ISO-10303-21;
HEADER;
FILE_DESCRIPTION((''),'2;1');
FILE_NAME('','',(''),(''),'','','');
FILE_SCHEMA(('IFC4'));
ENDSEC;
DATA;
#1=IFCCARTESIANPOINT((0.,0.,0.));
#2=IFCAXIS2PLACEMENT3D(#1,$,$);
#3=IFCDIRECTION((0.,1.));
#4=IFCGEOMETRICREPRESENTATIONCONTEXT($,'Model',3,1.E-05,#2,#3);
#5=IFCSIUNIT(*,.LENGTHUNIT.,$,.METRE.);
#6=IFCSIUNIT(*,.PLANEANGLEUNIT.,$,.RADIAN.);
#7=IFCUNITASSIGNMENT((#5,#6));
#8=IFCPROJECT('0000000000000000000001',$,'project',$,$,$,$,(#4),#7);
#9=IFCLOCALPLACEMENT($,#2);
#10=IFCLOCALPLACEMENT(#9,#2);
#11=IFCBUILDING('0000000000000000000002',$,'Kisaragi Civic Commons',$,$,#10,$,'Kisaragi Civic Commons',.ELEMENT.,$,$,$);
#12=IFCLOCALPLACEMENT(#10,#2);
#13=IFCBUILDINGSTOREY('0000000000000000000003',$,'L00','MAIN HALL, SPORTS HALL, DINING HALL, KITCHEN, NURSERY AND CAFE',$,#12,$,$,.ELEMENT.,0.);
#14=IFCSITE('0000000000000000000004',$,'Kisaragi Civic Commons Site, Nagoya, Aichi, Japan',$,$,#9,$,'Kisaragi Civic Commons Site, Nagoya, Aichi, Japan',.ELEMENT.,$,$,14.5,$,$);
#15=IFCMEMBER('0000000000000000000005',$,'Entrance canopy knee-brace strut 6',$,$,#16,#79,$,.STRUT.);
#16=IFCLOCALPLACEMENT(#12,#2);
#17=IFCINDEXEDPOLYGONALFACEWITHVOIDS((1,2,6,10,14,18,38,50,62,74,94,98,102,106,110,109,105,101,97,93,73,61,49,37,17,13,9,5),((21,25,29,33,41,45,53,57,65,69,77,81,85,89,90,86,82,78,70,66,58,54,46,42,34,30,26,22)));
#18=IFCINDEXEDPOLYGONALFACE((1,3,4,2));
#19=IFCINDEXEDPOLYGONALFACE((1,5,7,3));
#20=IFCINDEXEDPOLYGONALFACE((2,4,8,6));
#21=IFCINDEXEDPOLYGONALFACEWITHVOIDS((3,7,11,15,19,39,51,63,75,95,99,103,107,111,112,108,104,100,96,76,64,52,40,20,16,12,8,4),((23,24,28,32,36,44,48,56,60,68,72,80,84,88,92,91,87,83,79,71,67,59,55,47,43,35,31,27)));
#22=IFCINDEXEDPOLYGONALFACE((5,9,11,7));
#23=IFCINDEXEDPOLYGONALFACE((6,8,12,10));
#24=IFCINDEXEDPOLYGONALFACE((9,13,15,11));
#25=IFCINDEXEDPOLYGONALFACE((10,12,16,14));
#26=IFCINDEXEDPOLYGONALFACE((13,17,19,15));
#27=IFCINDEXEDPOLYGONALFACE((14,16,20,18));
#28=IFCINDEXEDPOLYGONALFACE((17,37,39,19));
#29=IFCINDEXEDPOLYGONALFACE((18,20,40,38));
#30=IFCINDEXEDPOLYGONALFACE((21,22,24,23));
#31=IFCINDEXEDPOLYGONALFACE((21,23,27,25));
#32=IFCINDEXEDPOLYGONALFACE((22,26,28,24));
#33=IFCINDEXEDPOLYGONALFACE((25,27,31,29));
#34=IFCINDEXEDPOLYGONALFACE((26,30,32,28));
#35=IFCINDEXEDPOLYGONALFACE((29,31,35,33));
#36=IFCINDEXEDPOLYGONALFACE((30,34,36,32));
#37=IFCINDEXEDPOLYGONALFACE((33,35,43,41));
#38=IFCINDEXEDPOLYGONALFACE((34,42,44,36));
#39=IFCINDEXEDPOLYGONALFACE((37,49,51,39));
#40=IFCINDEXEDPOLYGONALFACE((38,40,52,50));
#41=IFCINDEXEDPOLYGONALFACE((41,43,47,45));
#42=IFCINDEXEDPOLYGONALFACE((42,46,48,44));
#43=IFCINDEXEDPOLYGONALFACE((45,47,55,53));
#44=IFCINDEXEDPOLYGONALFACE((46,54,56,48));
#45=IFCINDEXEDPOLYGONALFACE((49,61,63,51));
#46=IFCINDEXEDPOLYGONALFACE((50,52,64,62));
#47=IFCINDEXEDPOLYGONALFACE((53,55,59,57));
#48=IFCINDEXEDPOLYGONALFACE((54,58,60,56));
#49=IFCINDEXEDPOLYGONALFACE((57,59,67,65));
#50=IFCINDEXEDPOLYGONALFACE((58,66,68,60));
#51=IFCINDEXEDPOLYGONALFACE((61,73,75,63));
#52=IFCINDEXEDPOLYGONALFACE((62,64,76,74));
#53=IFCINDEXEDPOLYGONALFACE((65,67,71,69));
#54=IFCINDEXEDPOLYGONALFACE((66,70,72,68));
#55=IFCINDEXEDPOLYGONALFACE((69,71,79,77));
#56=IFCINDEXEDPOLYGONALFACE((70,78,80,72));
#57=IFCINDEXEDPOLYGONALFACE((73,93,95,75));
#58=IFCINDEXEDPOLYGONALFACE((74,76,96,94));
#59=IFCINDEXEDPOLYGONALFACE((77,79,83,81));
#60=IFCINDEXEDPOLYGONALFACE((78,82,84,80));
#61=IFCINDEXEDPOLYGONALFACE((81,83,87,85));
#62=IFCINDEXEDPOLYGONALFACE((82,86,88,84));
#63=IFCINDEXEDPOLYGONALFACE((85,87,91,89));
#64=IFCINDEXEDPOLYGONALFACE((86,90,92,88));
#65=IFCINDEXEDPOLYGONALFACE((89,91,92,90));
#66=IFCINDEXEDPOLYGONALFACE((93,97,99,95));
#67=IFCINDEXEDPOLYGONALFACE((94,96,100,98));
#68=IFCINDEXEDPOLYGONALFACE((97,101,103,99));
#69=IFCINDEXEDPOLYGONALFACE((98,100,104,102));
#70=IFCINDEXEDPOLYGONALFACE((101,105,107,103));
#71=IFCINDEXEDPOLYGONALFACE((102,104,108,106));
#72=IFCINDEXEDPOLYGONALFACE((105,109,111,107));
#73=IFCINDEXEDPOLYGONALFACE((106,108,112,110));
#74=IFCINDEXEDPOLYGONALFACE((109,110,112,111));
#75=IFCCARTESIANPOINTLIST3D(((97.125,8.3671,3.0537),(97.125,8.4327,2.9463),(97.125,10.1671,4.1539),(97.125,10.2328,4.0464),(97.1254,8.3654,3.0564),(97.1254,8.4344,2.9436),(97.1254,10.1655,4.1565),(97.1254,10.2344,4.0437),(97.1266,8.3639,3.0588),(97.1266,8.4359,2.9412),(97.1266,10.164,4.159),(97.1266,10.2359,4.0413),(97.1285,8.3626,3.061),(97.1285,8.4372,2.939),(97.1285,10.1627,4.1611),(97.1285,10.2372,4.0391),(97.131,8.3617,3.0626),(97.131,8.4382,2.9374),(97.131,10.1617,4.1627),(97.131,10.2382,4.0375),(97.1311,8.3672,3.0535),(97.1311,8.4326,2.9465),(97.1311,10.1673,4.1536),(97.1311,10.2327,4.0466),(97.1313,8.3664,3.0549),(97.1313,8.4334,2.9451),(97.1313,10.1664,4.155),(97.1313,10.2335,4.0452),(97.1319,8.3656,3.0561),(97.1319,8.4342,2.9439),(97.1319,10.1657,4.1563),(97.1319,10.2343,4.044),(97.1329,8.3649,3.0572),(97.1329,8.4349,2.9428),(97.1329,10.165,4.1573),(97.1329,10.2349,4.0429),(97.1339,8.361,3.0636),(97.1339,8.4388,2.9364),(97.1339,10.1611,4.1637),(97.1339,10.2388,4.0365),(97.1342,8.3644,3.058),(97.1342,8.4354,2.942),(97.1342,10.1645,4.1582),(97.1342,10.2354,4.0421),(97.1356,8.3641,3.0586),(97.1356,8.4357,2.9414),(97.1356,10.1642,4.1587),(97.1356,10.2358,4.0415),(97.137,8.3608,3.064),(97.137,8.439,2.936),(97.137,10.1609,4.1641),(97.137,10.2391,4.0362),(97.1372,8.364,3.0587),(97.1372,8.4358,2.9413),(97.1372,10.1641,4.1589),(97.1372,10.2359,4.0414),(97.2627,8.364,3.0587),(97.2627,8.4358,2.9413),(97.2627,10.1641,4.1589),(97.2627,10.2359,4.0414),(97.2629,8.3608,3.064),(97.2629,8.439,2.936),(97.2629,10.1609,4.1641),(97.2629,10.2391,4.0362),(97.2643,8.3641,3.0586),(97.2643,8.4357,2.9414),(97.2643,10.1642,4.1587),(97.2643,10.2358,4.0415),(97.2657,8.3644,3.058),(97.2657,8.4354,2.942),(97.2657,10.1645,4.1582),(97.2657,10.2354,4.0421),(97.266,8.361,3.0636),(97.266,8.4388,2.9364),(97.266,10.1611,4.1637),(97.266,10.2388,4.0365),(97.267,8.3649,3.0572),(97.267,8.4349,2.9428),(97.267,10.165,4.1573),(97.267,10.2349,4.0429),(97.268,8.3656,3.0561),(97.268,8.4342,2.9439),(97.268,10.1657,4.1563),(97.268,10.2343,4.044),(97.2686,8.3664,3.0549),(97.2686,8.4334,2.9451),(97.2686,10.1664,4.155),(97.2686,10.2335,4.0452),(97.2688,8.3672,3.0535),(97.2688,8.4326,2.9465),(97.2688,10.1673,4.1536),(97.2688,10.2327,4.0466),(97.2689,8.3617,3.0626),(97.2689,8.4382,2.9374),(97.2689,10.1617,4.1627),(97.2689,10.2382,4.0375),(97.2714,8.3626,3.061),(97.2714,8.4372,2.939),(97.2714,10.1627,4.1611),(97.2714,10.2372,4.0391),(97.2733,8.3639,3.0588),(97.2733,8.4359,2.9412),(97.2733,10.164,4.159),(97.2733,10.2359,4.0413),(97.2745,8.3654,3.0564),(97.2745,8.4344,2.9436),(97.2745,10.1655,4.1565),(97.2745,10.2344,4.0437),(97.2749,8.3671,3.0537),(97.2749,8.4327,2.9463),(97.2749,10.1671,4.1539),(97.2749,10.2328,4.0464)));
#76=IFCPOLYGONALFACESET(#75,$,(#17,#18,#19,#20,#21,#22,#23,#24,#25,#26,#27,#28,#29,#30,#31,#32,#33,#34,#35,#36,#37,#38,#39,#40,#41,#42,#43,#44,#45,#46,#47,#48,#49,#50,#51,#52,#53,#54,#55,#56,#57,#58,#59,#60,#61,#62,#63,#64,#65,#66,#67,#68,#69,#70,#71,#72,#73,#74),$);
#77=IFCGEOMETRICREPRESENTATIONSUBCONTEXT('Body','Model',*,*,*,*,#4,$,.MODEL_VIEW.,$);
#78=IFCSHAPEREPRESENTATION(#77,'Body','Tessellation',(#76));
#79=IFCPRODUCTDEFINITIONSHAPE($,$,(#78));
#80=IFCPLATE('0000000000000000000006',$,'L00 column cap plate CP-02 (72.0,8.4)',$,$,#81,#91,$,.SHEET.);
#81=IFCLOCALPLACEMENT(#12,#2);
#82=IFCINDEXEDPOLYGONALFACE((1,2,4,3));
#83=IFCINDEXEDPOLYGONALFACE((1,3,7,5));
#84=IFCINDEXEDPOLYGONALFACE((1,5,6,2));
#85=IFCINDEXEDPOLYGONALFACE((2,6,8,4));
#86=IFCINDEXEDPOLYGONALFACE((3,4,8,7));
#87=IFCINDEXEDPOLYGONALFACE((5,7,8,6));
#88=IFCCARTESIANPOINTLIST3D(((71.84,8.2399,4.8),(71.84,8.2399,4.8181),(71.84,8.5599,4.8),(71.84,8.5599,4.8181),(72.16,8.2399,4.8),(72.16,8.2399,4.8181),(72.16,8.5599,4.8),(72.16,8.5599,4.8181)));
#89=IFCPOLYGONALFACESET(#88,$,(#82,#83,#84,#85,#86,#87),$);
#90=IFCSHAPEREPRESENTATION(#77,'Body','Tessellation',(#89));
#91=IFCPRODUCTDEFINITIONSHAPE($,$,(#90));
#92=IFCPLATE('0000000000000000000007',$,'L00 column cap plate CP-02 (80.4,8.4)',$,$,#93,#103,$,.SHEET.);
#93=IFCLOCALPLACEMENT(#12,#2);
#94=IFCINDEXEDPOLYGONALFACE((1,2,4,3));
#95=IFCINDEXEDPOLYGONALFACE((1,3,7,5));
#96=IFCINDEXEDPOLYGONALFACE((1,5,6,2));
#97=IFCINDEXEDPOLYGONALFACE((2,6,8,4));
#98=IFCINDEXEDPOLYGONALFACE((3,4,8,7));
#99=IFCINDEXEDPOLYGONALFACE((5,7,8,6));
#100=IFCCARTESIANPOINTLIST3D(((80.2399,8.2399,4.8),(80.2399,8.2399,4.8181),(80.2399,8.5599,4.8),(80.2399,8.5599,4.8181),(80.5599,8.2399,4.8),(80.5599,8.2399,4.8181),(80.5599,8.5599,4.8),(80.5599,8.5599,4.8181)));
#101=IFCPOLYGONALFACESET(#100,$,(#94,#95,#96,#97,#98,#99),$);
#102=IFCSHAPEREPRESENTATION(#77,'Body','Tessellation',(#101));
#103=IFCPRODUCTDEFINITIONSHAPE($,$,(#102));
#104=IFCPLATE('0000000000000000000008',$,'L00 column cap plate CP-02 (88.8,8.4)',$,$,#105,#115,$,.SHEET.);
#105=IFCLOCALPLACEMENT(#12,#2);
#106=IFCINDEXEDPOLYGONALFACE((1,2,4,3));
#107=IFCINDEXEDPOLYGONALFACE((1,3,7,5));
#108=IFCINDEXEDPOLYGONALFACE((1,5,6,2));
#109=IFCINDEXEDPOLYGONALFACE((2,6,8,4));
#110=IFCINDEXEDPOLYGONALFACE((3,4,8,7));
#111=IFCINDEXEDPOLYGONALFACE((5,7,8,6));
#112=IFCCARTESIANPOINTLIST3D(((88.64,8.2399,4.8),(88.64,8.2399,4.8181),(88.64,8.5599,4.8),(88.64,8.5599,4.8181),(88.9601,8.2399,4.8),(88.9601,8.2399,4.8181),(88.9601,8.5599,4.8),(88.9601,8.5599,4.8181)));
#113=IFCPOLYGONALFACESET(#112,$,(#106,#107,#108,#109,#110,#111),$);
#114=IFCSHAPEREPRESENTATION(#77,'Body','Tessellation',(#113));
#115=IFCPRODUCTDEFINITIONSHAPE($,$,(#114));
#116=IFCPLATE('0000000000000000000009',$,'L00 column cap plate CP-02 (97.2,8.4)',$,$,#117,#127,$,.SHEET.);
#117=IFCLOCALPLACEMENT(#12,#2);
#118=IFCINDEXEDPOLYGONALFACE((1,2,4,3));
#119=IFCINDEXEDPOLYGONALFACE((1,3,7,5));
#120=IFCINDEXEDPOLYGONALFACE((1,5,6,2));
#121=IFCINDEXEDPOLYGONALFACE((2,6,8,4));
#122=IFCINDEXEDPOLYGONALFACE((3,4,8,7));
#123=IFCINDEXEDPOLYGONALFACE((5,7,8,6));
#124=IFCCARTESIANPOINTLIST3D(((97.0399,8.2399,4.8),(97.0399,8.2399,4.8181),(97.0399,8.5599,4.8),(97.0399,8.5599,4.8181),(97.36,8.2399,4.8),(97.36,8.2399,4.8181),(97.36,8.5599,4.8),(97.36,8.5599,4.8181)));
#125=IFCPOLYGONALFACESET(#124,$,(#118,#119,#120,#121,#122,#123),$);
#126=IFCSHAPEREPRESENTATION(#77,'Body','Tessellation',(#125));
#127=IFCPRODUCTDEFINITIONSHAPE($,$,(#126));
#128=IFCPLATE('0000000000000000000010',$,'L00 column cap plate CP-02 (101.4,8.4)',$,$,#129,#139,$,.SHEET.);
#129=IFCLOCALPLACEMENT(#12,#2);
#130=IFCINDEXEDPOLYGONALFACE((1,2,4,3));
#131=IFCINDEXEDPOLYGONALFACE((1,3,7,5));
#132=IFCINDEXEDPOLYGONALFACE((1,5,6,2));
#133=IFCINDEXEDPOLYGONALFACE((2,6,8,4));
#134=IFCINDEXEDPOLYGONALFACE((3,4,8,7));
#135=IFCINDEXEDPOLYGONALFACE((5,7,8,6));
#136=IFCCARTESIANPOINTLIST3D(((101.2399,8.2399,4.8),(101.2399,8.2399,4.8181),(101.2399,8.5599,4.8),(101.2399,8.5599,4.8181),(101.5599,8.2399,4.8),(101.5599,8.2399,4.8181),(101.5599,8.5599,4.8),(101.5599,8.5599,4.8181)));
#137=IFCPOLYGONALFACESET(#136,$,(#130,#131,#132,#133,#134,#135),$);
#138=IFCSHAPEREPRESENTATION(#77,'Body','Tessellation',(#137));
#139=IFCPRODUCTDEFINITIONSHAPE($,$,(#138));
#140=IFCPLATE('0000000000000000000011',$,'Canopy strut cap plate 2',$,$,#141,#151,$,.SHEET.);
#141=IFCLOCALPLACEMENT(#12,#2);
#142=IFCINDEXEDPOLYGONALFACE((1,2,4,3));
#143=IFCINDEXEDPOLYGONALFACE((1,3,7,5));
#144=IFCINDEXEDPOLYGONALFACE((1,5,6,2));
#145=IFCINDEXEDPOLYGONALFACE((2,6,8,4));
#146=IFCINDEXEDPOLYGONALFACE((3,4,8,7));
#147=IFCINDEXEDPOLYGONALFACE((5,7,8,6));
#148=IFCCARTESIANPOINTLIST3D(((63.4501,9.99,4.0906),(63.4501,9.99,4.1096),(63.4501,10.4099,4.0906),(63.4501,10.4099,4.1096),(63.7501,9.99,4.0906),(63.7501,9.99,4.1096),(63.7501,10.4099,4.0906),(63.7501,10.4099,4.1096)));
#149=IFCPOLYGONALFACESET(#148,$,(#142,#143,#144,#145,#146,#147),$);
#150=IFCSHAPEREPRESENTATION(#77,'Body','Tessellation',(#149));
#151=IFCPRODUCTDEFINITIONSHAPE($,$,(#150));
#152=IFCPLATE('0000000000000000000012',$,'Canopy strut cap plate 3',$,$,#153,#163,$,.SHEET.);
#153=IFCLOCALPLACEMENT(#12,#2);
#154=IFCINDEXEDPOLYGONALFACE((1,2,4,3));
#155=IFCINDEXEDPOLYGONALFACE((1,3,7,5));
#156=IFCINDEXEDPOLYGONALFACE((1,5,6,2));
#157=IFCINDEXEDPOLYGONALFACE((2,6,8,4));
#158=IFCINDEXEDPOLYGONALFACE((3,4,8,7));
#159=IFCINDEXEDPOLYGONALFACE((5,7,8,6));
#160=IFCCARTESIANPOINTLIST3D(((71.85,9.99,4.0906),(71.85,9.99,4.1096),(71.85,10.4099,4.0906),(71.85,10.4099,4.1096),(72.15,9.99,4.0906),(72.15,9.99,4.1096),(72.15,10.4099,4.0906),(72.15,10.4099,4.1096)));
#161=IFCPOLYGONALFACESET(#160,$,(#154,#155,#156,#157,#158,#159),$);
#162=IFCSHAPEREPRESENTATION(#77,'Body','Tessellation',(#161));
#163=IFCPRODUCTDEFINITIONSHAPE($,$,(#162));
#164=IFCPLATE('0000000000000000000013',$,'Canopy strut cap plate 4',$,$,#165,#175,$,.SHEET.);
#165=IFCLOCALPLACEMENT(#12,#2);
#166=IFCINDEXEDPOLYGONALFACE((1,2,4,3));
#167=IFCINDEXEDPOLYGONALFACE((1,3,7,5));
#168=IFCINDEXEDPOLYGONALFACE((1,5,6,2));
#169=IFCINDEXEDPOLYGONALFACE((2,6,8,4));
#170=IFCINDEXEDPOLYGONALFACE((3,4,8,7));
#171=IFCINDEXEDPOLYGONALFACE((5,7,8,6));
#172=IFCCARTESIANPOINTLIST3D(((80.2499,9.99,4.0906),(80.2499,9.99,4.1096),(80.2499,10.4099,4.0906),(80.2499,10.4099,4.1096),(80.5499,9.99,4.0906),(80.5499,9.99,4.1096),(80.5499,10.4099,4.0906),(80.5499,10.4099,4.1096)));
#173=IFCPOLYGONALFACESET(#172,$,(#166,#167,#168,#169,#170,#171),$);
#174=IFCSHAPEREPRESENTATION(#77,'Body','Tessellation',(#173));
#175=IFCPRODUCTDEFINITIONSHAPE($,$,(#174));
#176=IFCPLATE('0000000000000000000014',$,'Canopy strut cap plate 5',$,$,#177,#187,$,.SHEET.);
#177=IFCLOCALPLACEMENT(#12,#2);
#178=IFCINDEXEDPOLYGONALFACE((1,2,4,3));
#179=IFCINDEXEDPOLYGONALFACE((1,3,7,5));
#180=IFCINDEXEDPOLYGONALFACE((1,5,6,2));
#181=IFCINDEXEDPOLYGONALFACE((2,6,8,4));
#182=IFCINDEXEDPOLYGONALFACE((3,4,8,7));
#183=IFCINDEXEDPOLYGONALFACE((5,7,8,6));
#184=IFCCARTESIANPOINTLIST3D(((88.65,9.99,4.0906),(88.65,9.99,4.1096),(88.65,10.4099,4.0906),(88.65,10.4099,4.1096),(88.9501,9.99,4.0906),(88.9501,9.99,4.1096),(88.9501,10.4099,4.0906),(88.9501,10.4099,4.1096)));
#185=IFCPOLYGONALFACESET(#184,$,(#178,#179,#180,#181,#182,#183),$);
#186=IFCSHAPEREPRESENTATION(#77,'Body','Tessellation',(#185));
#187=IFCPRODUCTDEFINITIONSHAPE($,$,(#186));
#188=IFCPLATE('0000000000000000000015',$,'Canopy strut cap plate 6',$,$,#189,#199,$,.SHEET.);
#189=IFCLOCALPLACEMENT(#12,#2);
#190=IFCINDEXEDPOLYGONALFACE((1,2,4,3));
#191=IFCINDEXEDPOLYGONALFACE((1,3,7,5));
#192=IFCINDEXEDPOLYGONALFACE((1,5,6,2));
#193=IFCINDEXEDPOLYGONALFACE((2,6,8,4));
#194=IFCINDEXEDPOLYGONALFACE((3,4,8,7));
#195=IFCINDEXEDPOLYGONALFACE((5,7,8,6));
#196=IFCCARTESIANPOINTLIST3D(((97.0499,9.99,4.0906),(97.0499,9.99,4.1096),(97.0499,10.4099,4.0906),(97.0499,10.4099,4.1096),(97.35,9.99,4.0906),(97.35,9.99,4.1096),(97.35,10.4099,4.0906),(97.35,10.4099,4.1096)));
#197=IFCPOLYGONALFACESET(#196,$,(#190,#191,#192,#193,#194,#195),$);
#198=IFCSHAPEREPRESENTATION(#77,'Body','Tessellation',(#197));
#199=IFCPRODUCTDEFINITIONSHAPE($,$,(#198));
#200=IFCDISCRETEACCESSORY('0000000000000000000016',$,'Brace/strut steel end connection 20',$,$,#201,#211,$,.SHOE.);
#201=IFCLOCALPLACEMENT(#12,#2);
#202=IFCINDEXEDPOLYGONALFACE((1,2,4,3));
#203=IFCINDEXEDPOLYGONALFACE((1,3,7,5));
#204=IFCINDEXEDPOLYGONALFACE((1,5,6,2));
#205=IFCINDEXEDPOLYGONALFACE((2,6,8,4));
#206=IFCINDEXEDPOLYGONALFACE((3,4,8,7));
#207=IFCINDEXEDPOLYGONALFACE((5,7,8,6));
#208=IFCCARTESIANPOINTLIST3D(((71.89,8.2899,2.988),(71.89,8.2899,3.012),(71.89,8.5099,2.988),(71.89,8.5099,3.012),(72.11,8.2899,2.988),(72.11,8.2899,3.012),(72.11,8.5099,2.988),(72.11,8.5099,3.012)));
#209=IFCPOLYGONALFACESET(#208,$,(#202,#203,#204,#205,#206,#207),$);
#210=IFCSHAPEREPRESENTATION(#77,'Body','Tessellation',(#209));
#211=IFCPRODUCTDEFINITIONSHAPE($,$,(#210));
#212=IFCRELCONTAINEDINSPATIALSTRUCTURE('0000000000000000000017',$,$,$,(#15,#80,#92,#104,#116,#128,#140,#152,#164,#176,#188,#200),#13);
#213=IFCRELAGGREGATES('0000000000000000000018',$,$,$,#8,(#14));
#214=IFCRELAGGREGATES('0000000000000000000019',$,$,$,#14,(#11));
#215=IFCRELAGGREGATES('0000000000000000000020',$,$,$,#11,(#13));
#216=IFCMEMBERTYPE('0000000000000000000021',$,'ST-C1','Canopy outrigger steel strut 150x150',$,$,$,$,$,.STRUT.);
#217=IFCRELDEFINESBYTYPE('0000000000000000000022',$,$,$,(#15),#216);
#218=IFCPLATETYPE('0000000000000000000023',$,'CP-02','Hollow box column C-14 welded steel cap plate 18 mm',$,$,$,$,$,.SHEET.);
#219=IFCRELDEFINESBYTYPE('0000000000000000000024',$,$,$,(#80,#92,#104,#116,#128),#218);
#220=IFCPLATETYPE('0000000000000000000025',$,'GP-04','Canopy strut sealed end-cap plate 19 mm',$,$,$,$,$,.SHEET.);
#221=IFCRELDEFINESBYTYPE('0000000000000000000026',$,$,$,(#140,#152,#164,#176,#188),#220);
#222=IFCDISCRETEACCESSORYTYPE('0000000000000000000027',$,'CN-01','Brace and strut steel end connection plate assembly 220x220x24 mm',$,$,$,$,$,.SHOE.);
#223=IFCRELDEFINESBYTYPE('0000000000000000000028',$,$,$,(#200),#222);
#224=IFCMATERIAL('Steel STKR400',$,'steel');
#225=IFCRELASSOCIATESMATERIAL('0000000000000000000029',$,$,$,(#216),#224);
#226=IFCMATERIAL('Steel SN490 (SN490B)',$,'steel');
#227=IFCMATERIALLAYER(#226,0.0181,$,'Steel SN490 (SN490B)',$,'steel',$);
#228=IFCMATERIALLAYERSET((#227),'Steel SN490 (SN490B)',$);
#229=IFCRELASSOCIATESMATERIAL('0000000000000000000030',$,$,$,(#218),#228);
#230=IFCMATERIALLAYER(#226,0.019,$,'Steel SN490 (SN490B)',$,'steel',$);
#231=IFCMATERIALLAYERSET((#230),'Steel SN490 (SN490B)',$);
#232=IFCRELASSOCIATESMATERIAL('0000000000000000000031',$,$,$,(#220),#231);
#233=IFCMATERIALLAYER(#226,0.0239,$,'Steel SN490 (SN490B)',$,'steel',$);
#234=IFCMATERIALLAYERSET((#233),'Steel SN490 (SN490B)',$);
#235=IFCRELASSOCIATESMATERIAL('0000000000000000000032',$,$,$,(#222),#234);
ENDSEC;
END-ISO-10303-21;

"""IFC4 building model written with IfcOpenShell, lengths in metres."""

from ifc_helpers import new_model, si_unit, direction, frame, origin, origin_2d, place, context, subcontext, project, spatial, rectangle, hollow_rectangle, extrude, material, layer, layer_set, material_profile, profile_set, type_object, element, save


model = new_model("IFC4")

# Units and contexts
model_context = context("Model", 3, precision=1e-05, world=origin(), true_north=direction((0.0, 1.0)))
body_context = subcontext(model_context, "Body", "Model", "MODEL_VIEW")
ifc_project = project(units=[si_unit("LENGTHUNIT", "METRE"), si_unit("PLANEANGLEUNIT", "RADIAN")], contexts=[model_context])

# Site, building, storey
site_placement = place(None, origin())
site = spatial("IfcSite", under=ifc_project, at=site_placement, Name="Kisaragi Civic Commons Site, Nagoya, Aichi, Japan", LongName="Kisaragi Civic Commons Site, Nagoya, Aichi, Japan", CompositionType="ELEMENT", RefElevation=14.5)
building_placement = place(site_placement, origin())
building = spatial("IfcBuilding", under=site, at=building_placement, Name="Kisaragi Civic Commons", LongName="Kisaragi Civic Commons", CompositionType="ELEMENT")
storey_placement = place(building_placement, origin())
storey = spatial("IfcBuildingStorey", under=building, at=storey_placement, Name="L00", Description="MAIN HALL, SPORTS HALL, DINING HALL, KITCHEN, NURSERY AND CAFE", CompositionType="ELEMENT", Elevation=0.0)

# Shared definitions
ifc_material_1 = material(Name="Steel SN490 (SN490B)", Category="steel")

# Member
ifc_material_2 = material(Name="Steel STKR400", Category="steel")
ifc_material_profile_1 = material_profile(ifc_material_2, hollow_rectangle(XDim=0.1499, YDim=0.1499, WallThickness=0.0061, InnerFilletRadius=0.0061, OuterFilletRadius=0.012, at=origin_2d()), Name="STKR-150x150x6", Category="steel")
ifc_profile_set_1 = profile_set([ifc_material_profile_1], Name="Steel STKR400")
member_type = type_object("IfcMemberType", Name="ST-C1", Description="Canopy outrigger steel strut 150x150", PredefinedType="STRUT", material=ifc_profile_set_1)
for number, where, z_axis, x_axis, name in (
    (1, (97.2, 8.3999, 3.0), (0.0, 0.853268, 0.521473), (-1.0, 0.0, 0.0), "Entrance canopy knee-brace strut 6"),
):
    element("IfcMember", number, at=place(storey_placement, frame(where, z_axis=z_axis, x_axis=x_axis)), inside=storey, type_object=member_type, Name=name, PredefinedType="STRUT", context=body_context, shape_type="SweptSolid", body=[
        extrude(hollow_rectangle(XDim=0.1499, YDim=0.1499, WallThickness=0.0061, InnerFilletRadius=0.0061, OuterFilletRadius=0.012, at=origin_2d()), origin(), (0.0, 0.0, 1.0), 2.1096),
    ])

# Plates
ifc_layer_1 = layer(ifc_material_1, 0.0181, Name="Steel SN490 (SN490B)", Category="steel")
ifc_layer_set_1 = layer_set([ifc_layer_1], Name="Steel SN490 (SN490B)")
plate_type_1 = type_object("IfcPlateType", Name="CP-02", Description="Hollow box column C-14 welded steel cap plate 18 mm", PredefinedType="SHEET", material=ifc_layer_set_1)
for number, where, z_axis, x_axis, name in (
    (2, (72.0, 8.3999, 4.8), (0.0, 0.0, 1.0), (1.0, 0.0, 0.0), "L00 column cap plate CP-02 (72.0,8.4)"),
    (3, (80.3999, 8.3999, 4.8), (0.0, 0.0, 1.0), (1.0, 0.0, 0.0), "L00 column cap plate CP-02 (80.4,8.4)"),
    (4, (88.8, 8.3999, 4.8), (0.0, 0.0, 1.0), (1.0, 0.0, 0.0), "L00 column cap plate CP-02 (88.8,8.4)"),
    (5, (97.2, 8.3999, 4.8), (0.0, 0.0, 1.0), (1.0, 0.0, 0.0), "L00 column cap plate CP-02 (97.2,8.4)"),
    (6, (101.3999, 8.3999, 4.8), (0.0, 0.0, 1.0), (1.0, 0.0, 0.0), "L00 column cap plate CP-02 (101.4,8.4)"),
):
    element("IfcPlate", number, at=place(storey_placement, frame(where, z_axis=z_axis, x_axis=x_axis)), inside=storey, type_object=plate_type_1, Name=name, PredefinedType="SHEET", context=body_context, shape_type="SweptSolid", body=[
        extrude(rectangle(XDim=0.3201, YDim=0.3201, at=origin_2d()), origin(), (0.0, 0.0, 1.0), 0.0181),
    ])
ifc_layer_2 = layer(ifc_material_1, 0.019, Name="Steel SN490 (SN490B)", Category="steel")
ifc_layer_set_2 = layer_set([ifc_layer_2], Name="Steel SN490 (SN490B)")
plate_type_2 = type_object("IfcPlateType", Name="GP-04", Description="Canopy strut sealed end-cap plate 19 mm", PredefinedType="SHEET", material=ifc_layer_set_2)
for number, where, z_axis, x_axis, name in (
    (7, (63.6001, 10.2, 4.0906), (0.0, 0.0, 1.0), (0.0, 1.0, 0.0), "Canopy strut cap plate 2"),
    (8, (72.0, 10.2, 4.0906), (0.0, 0.0, 1.0), (0.0, 1.0, 0.0), "Canopy strut cap plate 3"),
    (9, (80.3999, 10.2, 4.0906), (0.0, 0.0, 1.0), (0.0, 1.0, 0.0), "Canopy strut cap plate 4"),
    (10, (88.8, 10.2, 4.0906), (0.0, 0.0, 1.0), (0.0, 1.0, 0.0), "Canopy strut cap plate 5"),
    (11, (97.2, 10.2, 4.0906), (0.0, 0.0, 1.0), (0.0, 1.0, 0.0), "Canopy strut cap plate 6"),
):
    element("IfcPlate", number, at=place(storey_placement, frame(where, z_axis=z_axis, x_axis=x_axis)), inside=storey, type_object=plate_type_2, Name=name, PredefinedType="SHEET", context=body_context, shape_type="SweptSolid", body=[
        extrude(rectangle(XDim=0.4199, YDim=0.3, at=origin_2d()), origin(), (0.0, 0.0, 1.0), 0.019),
    ])

# Discrete accessory
ifc_layer_3 = layer(ifc_material_1, 0.0239, Name="Steel SN490 (SN490B)", Category="steel")
ifc_layer_set_3 = layer_set([ifc_layer_3], Name="Steel SN490 (SN490B)")
discrete_accessory_type = type_object("IfcDiscreteAccessoryType", Name="CN-01", Description="Brace and strut steel end connection plate assembly 220x220x24 mm", PredefinedType="SHOE", material=ifc_layer_set_3)
for number, where, z_axis, x_axis, name in (
    (12, (72.0, 8.3999, 2.988), (0.0, 0.0, 1.0), (1.0, 0.0, 0.0), "Brace/strut steel end connection 20"),
):
    element("IfcDiscreteAccessory", number, at=place(storey_placement, frame(where, z_axis=z_axis, x_axis=x_axis)), inside=storey, type_object=discrete_accessory_type, Name=name, PredefinedType="SHOE", context=body_context, shape_type="SweptSolid", body=[
        extrude(rectangle(XDim=0.22, YDim=0.22, at=origin_2d()), origin(), (0.0, 0.0, 1.0), 0.0239),
    ])

save(model, "model.ifc")
